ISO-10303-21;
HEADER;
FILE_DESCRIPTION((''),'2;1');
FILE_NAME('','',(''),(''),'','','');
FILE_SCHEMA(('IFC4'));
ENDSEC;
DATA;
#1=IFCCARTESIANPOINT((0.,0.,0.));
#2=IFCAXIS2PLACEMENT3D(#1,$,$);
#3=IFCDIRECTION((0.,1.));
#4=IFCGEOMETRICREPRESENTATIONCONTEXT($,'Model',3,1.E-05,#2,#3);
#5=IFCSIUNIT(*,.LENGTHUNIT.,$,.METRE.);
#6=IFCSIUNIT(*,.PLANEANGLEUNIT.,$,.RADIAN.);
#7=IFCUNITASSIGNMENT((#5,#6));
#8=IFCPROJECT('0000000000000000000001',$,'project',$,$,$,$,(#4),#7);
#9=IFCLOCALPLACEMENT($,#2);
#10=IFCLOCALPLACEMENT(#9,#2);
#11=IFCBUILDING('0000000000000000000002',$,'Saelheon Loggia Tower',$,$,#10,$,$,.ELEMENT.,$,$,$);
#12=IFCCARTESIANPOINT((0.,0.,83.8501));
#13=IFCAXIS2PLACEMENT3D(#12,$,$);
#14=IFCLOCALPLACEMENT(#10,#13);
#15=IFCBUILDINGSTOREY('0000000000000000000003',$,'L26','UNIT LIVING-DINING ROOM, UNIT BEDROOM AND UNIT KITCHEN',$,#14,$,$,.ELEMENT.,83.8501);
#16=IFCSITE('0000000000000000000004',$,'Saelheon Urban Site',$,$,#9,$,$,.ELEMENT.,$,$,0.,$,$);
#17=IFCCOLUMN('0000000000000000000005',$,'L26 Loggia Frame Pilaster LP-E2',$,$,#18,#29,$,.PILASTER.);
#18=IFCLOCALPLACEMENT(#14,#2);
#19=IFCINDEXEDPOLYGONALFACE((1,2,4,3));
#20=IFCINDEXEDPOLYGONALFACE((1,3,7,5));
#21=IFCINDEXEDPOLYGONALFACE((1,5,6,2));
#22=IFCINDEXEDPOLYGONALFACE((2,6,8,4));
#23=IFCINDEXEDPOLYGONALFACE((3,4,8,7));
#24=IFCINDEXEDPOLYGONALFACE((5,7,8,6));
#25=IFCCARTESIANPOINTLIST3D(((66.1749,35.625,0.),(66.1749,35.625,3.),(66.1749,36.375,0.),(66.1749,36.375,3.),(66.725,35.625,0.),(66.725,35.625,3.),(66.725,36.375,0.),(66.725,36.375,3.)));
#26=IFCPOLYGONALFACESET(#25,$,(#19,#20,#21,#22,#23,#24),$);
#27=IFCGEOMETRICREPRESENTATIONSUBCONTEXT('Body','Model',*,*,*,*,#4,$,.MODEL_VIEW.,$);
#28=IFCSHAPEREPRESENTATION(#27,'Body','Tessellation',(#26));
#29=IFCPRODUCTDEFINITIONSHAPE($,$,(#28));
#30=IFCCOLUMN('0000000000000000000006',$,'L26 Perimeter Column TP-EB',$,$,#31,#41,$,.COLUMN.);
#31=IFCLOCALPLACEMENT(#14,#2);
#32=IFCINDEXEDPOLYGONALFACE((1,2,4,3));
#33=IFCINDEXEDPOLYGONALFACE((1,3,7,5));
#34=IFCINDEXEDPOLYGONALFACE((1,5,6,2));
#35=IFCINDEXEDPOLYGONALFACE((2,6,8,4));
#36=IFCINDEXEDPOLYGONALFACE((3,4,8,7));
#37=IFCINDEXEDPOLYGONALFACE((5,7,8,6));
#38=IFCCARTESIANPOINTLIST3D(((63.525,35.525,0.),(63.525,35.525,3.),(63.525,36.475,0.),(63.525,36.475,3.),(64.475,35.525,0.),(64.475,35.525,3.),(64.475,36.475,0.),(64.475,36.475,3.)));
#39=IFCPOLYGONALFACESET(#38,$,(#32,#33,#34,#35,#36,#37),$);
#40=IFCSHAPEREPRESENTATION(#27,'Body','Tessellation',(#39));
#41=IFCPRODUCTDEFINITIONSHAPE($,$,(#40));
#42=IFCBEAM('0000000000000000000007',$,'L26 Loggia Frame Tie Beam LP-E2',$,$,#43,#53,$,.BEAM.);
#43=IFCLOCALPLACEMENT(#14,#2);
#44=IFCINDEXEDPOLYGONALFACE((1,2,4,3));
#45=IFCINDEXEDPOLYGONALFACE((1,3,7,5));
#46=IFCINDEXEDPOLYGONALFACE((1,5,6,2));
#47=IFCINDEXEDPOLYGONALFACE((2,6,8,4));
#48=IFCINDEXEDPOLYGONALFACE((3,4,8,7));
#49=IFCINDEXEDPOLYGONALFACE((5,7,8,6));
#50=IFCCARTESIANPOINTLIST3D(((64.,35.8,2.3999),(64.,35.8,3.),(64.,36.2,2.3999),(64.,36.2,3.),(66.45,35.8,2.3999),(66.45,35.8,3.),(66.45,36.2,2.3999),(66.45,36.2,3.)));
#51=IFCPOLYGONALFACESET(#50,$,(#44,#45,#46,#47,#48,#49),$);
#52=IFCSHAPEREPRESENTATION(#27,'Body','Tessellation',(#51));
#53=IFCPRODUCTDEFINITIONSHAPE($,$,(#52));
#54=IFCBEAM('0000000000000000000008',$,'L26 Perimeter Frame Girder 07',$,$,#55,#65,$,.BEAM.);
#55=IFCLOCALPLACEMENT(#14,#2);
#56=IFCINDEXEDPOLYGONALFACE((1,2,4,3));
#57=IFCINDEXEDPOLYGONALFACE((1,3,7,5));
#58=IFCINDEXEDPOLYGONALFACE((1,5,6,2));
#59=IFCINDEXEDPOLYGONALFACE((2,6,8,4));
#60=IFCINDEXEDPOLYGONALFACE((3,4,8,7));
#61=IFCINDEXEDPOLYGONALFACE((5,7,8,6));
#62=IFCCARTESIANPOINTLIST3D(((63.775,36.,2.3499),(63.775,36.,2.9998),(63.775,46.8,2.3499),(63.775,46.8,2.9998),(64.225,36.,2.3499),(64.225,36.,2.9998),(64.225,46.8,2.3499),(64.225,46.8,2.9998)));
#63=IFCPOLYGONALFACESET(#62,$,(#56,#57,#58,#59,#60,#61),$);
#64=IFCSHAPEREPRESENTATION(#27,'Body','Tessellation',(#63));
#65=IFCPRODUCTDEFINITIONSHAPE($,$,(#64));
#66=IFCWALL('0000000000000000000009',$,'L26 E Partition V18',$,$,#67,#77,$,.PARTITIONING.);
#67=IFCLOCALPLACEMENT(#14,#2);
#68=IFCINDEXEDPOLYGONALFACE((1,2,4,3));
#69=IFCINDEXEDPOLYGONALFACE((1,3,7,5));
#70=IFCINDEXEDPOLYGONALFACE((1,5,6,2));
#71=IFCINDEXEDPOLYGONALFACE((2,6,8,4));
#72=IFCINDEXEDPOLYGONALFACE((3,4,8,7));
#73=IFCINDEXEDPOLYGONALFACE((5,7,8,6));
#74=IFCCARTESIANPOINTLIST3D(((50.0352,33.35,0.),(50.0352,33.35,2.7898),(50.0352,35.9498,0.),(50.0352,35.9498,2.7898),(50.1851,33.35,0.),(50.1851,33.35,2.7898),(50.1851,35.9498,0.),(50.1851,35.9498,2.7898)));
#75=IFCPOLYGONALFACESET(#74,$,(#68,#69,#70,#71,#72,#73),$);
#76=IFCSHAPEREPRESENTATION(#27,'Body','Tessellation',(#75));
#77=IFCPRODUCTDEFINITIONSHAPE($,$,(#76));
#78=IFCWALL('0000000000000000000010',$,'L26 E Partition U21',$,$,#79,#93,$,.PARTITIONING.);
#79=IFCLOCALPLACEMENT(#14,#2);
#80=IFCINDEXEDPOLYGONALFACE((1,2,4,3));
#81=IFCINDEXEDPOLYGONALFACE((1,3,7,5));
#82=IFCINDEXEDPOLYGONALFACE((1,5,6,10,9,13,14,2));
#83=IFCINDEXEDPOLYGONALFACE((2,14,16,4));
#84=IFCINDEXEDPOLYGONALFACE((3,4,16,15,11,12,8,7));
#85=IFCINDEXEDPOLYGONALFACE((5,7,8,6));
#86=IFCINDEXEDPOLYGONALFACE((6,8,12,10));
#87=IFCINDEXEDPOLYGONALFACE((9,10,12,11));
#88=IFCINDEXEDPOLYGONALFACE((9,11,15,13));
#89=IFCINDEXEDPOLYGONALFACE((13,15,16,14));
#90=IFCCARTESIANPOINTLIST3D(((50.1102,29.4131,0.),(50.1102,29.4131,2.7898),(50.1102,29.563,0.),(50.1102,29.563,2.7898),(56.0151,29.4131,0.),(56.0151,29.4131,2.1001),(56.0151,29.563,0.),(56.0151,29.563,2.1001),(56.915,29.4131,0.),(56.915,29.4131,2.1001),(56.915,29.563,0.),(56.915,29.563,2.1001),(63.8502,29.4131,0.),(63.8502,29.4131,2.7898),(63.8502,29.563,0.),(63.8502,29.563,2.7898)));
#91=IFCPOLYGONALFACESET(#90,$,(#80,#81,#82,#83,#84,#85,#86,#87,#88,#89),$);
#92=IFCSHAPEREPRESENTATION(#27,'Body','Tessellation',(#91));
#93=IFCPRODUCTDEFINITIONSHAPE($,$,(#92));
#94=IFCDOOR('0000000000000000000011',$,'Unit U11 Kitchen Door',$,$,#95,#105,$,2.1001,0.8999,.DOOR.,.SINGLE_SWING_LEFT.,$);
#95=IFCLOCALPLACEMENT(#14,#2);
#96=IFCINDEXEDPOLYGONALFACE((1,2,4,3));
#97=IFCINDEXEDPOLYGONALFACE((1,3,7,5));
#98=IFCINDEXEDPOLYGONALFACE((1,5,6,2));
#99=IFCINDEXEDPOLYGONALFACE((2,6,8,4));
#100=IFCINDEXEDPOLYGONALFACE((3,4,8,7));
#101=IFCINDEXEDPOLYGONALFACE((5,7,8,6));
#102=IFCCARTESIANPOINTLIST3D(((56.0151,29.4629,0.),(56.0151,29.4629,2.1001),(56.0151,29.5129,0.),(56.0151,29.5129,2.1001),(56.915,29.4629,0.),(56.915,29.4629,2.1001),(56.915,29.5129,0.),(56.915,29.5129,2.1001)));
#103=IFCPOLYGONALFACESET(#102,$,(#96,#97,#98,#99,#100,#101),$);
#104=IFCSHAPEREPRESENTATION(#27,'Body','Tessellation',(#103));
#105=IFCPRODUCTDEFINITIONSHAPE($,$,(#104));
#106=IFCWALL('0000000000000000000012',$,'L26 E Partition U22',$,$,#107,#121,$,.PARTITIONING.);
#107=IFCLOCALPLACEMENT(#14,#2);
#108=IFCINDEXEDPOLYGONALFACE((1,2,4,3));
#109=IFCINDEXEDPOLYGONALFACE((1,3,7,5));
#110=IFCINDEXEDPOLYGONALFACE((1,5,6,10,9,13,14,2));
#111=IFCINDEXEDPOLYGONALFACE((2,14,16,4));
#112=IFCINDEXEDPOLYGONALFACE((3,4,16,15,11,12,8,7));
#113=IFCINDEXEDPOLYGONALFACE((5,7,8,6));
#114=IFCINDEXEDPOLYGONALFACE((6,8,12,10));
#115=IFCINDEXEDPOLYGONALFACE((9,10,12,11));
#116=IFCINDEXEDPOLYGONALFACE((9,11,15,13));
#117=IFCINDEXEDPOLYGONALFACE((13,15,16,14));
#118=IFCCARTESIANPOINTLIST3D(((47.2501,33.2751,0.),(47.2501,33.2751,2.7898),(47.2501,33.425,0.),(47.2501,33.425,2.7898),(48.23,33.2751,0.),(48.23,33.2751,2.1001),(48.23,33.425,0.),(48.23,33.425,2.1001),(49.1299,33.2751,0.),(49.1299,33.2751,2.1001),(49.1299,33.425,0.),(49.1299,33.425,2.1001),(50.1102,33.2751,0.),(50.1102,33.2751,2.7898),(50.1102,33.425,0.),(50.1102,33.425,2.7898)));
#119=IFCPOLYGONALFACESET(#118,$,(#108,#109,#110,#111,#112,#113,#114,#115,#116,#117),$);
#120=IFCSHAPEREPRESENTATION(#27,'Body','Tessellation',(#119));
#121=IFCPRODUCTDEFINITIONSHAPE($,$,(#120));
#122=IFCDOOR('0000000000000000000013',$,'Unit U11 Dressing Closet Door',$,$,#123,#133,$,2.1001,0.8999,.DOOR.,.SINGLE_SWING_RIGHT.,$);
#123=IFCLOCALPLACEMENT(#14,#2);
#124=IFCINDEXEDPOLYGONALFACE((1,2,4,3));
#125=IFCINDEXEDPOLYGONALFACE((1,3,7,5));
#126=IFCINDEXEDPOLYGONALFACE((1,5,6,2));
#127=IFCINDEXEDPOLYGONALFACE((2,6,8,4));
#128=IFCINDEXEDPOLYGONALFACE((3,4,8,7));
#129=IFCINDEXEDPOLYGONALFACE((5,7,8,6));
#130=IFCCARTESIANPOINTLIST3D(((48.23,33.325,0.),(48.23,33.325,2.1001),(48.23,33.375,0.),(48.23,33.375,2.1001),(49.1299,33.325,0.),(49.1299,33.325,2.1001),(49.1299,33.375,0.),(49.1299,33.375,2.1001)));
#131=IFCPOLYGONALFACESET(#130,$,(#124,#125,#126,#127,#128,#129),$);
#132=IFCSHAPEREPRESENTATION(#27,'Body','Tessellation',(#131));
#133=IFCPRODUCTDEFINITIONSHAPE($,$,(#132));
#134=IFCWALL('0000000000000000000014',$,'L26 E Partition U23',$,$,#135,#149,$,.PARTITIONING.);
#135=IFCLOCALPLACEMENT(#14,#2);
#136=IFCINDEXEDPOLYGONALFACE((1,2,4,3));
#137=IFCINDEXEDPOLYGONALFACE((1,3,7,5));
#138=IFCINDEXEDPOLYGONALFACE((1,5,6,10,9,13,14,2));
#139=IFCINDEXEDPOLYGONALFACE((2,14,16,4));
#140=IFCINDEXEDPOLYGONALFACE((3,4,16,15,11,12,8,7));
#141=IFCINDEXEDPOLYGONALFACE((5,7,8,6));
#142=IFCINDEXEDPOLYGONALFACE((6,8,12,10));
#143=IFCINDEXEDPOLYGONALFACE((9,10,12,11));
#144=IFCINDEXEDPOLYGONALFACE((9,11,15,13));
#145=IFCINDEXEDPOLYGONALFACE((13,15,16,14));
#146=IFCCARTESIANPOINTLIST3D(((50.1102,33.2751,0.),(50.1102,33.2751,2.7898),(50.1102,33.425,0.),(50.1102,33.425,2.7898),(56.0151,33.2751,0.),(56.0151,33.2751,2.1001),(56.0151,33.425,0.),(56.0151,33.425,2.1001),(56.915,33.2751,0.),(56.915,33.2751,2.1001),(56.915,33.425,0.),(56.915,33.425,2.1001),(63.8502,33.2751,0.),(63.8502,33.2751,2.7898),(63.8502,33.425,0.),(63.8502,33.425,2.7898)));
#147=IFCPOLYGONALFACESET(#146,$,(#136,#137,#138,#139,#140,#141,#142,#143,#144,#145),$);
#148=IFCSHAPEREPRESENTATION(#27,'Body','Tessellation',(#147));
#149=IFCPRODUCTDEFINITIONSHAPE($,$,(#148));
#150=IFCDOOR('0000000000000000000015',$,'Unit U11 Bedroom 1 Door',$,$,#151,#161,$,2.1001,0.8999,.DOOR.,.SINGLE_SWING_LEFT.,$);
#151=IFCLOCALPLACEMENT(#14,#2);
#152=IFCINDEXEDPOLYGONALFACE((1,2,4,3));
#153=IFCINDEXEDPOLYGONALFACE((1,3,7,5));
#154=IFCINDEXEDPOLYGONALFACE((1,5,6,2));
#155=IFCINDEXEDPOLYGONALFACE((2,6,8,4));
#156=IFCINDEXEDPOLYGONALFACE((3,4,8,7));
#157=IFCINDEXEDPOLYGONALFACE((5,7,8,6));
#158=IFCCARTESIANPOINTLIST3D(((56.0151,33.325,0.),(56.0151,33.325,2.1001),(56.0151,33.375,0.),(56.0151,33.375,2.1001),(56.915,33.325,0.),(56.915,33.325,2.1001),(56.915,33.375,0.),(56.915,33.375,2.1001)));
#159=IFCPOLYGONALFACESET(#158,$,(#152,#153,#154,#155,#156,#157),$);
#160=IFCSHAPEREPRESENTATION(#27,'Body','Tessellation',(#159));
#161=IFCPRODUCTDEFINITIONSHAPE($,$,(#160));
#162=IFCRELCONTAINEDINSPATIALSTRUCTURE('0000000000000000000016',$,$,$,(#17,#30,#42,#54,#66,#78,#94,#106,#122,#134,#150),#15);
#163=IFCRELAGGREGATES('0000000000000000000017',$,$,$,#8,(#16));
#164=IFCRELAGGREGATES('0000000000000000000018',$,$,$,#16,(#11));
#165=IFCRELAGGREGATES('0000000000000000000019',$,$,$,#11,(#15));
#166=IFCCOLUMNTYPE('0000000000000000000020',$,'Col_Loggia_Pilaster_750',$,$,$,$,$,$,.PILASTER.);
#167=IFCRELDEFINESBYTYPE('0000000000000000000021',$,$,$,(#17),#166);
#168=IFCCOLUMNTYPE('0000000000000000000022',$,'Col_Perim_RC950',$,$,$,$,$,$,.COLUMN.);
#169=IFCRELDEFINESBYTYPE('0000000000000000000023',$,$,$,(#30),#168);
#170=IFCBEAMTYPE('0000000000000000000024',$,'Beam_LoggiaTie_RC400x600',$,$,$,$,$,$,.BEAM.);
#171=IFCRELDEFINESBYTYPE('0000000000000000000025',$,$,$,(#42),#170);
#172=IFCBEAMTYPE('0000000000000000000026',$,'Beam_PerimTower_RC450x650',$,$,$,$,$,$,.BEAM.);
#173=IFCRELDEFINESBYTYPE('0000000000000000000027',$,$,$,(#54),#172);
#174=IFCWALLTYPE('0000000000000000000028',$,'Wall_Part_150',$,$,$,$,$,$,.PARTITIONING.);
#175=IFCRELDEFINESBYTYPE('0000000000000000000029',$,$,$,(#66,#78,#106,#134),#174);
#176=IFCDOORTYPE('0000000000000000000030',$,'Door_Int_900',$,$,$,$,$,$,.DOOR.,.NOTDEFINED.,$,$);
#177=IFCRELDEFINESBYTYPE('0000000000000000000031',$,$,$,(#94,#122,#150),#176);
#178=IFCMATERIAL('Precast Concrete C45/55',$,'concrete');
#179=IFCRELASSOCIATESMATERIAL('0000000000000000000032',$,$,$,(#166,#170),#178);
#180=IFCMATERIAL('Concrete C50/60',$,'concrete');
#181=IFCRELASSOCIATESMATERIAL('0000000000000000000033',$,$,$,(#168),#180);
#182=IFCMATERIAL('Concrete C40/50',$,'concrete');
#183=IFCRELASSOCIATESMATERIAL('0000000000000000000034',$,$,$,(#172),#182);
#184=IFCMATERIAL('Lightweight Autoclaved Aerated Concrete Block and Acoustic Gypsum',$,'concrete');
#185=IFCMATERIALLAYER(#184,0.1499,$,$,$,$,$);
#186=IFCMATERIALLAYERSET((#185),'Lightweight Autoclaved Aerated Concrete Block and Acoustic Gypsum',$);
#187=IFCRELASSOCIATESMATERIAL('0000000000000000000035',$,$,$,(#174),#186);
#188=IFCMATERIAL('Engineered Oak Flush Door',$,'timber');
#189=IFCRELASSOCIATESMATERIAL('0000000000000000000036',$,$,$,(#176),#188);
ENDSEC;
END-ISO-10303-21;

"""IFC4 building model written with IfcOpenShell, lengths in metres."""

from ifc_helpers import new_model, si_unit, direction, frame, frame_2d, origin, origin_2d, place, context, subcontext, project, spatial, rectangle, extrude, source, transform, mapped, material, layer, layer_set, material_profile, profile_set, type_object, element, fill, save


model = new_model("IFC4")

# Units and contexts
model_context = context("Model", 3, precision=1e-05, world=origin(), true_north=direction((0.0, 1.0)))
body_context = subcontext(model_context, "Body", "Model", "MODEL_VIEW")
ifc_project = project(units=[si_unit("LENGTHUNIT", "METRE"), si_unit("PLANEANGLEUNIT", "RADIAN")], contexts=[model_context])

# Site, building, storey
site_placement = place(None, origin())
site = spatial("IfcSite", under=ifc_project, at=site_placement, Name="Saelheon Urban Site", CompositionType="ELEMENT", RefElevation=0.0)
building_placement = place(site_placement, origin())
building = spatial("IfcBuilding", under=site, at=building_placement, Name="Saelheon Loggia Tower", CompositionType="ELEMENT")
storey_placement = place(building_placement, frame((0.0, 0.0, 83.8501)))
storey = spatial("IfcBuildingStorey", under=building, at=storey_placement, Name="L26", Description="UNIT LIVING-DINING ROOM, UNIT BEDROOM AND UNIT KITCHEN", CompositionType="ELEMENT", Elevation=83.8501)

# Columns
ifc_material_1 = material(Name="Precast Concrete C45/55", Category="concrete")
ifc_material_profile_1 = material_profile(ifc_material_1, rectangle(XDim=0.55, YDim=0.75, at=origin_2d()), Name="RC-550x750")
ifc_profile_set_1 = profile_set([ifc_material_profile_1], Name="Precast Concrete C45/55")
column_type_1 = type_object("IfcColumnType", Name="Col_Loggia_Pilaster_750", PredefinedType="PILASTER", material=ifc_profile_set_1)
shared_shape_1 = source(origin(), body_context, "Body", "SweptSolid", [
    extrude(rectangle(XDim=0.55, YDim=0.75, at=origin_2d()), origin(), (0.0, 0.0, 1.0), 3.0),
])
column_1_placement = place(storey_placement, frame((66.45, 36.0, 0.0), z_axis=(0.0, 0.0, 1.0), x_axis=(1.0, 0.0, 0.0)))
element("IfcColumn", 1, at=column_1_placement, inside=storey, type_object=column_type_1, Name="L26 Loggia Frame Pilaster LP-E2", PredefinedType="PILASTER", context=body_context, shape_type="MappedRepresentation", body=[
    mapped(shared_shape_1, transform((0.0, 0.0, 0.0), scale=1.0)),
])
ifc_material_2 = material(Name="Concrete C50/60", Category="concrete")
ifc_material_profile_2 = material_profile(ifc_material_2, rectangle(XDim=0.95, YDim=0.95, at=origin_2d()), Name="RC-950x950")
ifc_profile_set_2 = profile_set([ifc_material_profile_2], Name="Concrete C50/60")
column_type_2 = type_object("IfcColumnType", Name="Col_Perim_RC950", PredefinedType="COLUMN", material=ifc_profile_set_2)
shared_shape_2 = source(origin(), body_context, "Body", "SweptSolid", [
    extrude(rectangle(XDim=0.95, YDim=0.95, at=origin_2d()), origin(), (0.0, 0.0, 1.0), 3.0),
])
column_2_placement = place(storey_placement, frame((64.0, 36.0, 0.0), z_axis=(0.0, 0.0, 1.0), x_axis=(1.0, 0.0, 0.0)))
element("IfcColumn", 2, at=column_2_placement, inside=storey, type_object=column_type_2, Name="L26 Perimeter Column TP-EB", PredefinedType="COLUMN", context=body_context, shape_type="MappedRepresentation", body=[
    mapped(shared_shape_2, transform((0.0, 0.0, 0.0), scale=1.0)),
])

# Beams
ifc_material_profile_3 = material_profile(ifc_material_1, rectangle(XDim=0.3999, YDim=0.6001, at=origin_2d()), Name="RC-400x600")
ifc_profile_set_3 = profile_set([ifc_material_profile_3], Name="Precast Concrete C45/55")
beam_type_1 = type_object("IfcBeamType", Name="Beam_LoggiaTie_RC400x600", PredefinedType="BEAM", material=ifc_profile_set_3)
shared_shape_3 = source(origin(), body_context, "Body", "SweptSolid", [
    extrude(rectangle(XDim=0.3999, YDim=0.6001, at=origin_2d()), origin(), (0.0, 0.0, 1.0), 2.45),
])
beam_1_placement = place(storey_placement, frame((64.0, 36.0, 2.7), z_axis=(1.0, 0.0, 0.0), x_axis=(0.0, 1.0, 0.0)))
element("IfcBeam", 3, at=beam_1_placement, inside=storey, type_object=beam_type_1, Name="L26 Loggia Frame Tie Beam LP-E2", PredefinedType="BEAM", context=body_context, shape_type="MappedRepresentation", body=[
    mapped(shared_shape_3, transform((0.0, 0.0, 0.0), scale=1.0)),
])
ifc_material_3 = material(Name="Concrete C40/50", Category="concrete")
ifc_material_profile_4 = material_profile(ifc_material_3, rectangle(XDim=0.45, YDim=0.6499, at=origin_2d()), Name="RC-450x650")
ifc_profile_set_4 = profile_set([ifc_material_profile_4], Name="Concrete C40/50")
beam_type_2 = type_object("IfcBeamType", Name="Beam_PerimTower_RC450x650", PredefinedType="BEAM", material=ifc_profile_set_4)
shared_shape_4 = source(origin(), body_context, "Body", "SweptSolid", [
    extrude(rectangle(XDim=0.45, YDim=0.6499, at=origin_2d()), origin(), (0.0, 0.0, 1.0), 10.8),
])
beam_2_placement = place(storey_placement, frame((64.0, 36.0, 2.6748), z_axis=(0.0, 1.0, 0.0), x_axis=(-1.0, 0.0, 0.0)))
element("IfcBeam", 4, at=beam_2_placement, inside=storey, type_object=beam_type_2, Name="L26 Perimeter Frame Girder 07", PredefinedType="BEAM", context=body_context, shape_type="MappedRepresentation", body=[
    mapped(shared_shape_4, transform((0.0, 0.0, 0.0), scale=1.0)),
])

# Wall
ifc_material_4 = material(Name="Lightweight Autoclaved Aerated Concrete Block and Acoustic Gypsum", Category="concrete")
ifc_layer_1 = layer(ifc_material_4, 0.1499)
ifc_layer_set_1 = layer_set([ifc_layer_1], Name="Lightweight Autoclaved Aerated Concrete Block and Acoustic Gypsum")
wall_type_1 = type_object("IfcWallType", Name="Wall_Part_150", PredefinedType="PARTITIONING", material=ifc_layer_set_1)
wall_1_placement = place(storey_placement, frame((50.1101, 33.3501, 0.0), z_axis=(0.0, 0.0, 1.0), x_axis=(0.0, 1.0, 0.0)))
element("IfcWall", 5, at=wall_1_placement, inside=storey, type_object=wall_type_1, Name="L26 E Partition V18", PredefinedType="PARTITIONING", context=body_context, shape_type="SweptSolid", body=[
    extrude(rectangle(XDim=2.5999, YDim=0.1499, at=frame_2d((1.2998, 0.0))), origin(), (0.0, 0.0, 1.0), 2.7898),
])

# Walls, openings, doors
wall_2_placement = place(storey_placement, frame((50.1101, 29.488, 0.0), z_axis=(0.0, 0.0, 1.0), x_axis=(1.0, 0.0, 0.0)))
wall_2 = element("IfcWall", 6, at=wall_2_placement, inside=storey, type_object=wall_type_1, Name="L26 E Partition U21", PredefinedType="PARTITIONING", context=body_context, shape_type="SweptSolid", body=[
    extrude(rectangle(XDim=13.74, YDim=0.1499, at=frame_2d((6.8701, 0.0))), origin(), (0.0, 0.0, 1.0), 2.7898),
])
opening_1_placement = place(wall_2_placement, frame((5.905, 0.0, 0.0)))
opening_1 = element("IfcOpeningElement", 7, at=opening_1_placement, cuts=wall_2, PredefinedType="OPENING", context=body_context, shape_type="SweptSolid", body=[
    extrude(rectangle(XDim=0.8999, YDim=2.1001, at=frame_2d((0.45, 1.05))), frame((0.0, 0.0869, 0.0), z_axis=(0.0, -1.0, 0.0), x_axis=(1.0, 0.0, 0.0)), (0.0, 0.0, 1.0), 0.1738),
])
ifc_material_5 = material(Name="Engineered Oak Flush Door", Category="timber")
door_type_1 = type_object("IfcDoorType", Name="Door_Int_900", OperationType="NOTDEFINED", PredefinedType="DOOR", material=ifc_material_5)
shared_shape_5 = source(origin(), body_context, "Body", "SweptSolid", [
    extrude(rectangle(XDim=0.8999, YDim=2.1001, at=frame_2d((0.45, 1.05))), frame((0.0, 0.0249, 0.0), z_axis=(0.0, -1.0, 0.0), x_axis=(1.0, 0.0, 0.0)), (0.0, 0.0, 1.0), 0.05),
])
door_1_placement = place(opening_1_placement, origin())
door_1 = element("IfcDoor", 8, at=door_1_placement, inside=storey, type_object=door_type_1, Name="Unit U11 Kitchen Door", OperationType="SINGLE_SWING_LEFT", OverallHeight=2.1001, OverallWidth=0.8999, PredefinedType="DOOR", context=body_context, shape_type="MappedRepresentation", body=[
    mapped(shared_shape_5, transform((0.0, 0.0, 0.0), scale=1.0)),
])
fill(opening_1, door_1)
wall_3_placement = place(storey_placement, frame((47.25, 33.3501, 0.0), z_axis=(0.0, 0.0, 1.0), x_axis=(1.0, 0.0, 0.0)))
wall_3 = element("IfcWall", 9, at=wall_3_placement, inside=storey, type_object=wall_type_1, Name="L26 E Partition U22", PredefinedType="PARTITIONING", context=body_context, shape_type="SweptSolid", body=[
    extrude(rectangle(XDim=2.8601, YDim=0.1499, at=frame_2d((1.4302, 0.0))), origin(), (0.0, 0.0, 1.0), 2.7898),
])
opening_2_placement = place(wall_3_placement, frame((0.98, 0.0, 0.0)))
opening_2 = element("IfcOpeningElement", 10, at=opening_2_placement, cuts=wall_3, PredefinedType="OPENING", context=body_context, shape_type="SweptSolid", body=[
    extrude(rectangle(XDim=0.8999, YDim=2.1001, at=frame_2d((0.45, 1.05))), frame((0.0, 0.0869, 0.0), z_axis=(0.0, -1.0, 0.0), x_axis=(1.0, 0.0, 0.0)), (0.0, 0.0, 1.0), 0.1738),
])
door_2_placement = place(opening_2_placement, origin())
door_2 = element("IfcDoor", 11, at=door_2_placement, inside=storey, type_object=door_type_1, Name="Unit U11 Dressing Closet Door", OperationType="SINGLE_SWING_RIGHT", OverallHeight=2.1001, OverallWidth=0.8999, PredefinedType="DOOR", context=body_context, shape_type="MappedRepresentation", body=[
    mapped(shared_shape_5, transform((0.0, 0.0, 0.0), scale=1.0)),
])
fill(opening_2, door_2)
wall_4_placement = place(storey_placement, frame((50.1101, 33.3501, 0.0), z_axis=(0.0, 0.0, 1.0), x_axis=(1.0, 0.0, 0.0)))
wall_4 = element("IfcWall", 12, at=wall_4_placement, inside=storey, type_object=wall_type_1, Name="L26 E Partition U23", PredefinedType="PARTITIONING", context=body_context, shape_type="SweptSolid", body=[
    extrude(rectangle(XDim=13.74, YDim=0.1499, at=frame_2d((6.8701, 0.0))), origin(), (0.0, 0.0, 1.0), 2.7898),
])
opening_3_placement = place(wall_4_placement, frame((5.905, 0.0, 0.0)))
opening_3 = element("IfcOpeningElement", 13, at=opening_3_placement, cuts=wall_4, PredefinedType="OPENING", context=body_context, shape_type="SweptSolid", body=[
    extrude(rectangle(XDim=0.8999, YDim=2.1001, at=frame_2d((0.45, 1.05))), frame((0.0, 0.0869, 0.0), z_axis=(0.0, -1.0, 0.0), x_axis=(1.0, 0.0, 0.0)), (0.0, 0.0, 1.0), 0.1738),
])
door_3_placement = place(opening_3_placement, origin())
door_3 = element("IfcDoor", 14, at=door_3_placement, inside=storey, type_object=door_type_1, Name="Unit U11 Bedroom 1 Door", OperationType="SINGLE_SWING_LEFT", OverallHeight=2.1001, OverallWidth=0.8999, PredefinedType="DOOR", context=body_context, shape_type="MappedRepresentation", body=[
    mapped(shared_shape_5, transform((0.0, 0.0, 0.0), scale=1.0)),
])
fill(opening_3, door_3)

save(model, "model.ifc")
